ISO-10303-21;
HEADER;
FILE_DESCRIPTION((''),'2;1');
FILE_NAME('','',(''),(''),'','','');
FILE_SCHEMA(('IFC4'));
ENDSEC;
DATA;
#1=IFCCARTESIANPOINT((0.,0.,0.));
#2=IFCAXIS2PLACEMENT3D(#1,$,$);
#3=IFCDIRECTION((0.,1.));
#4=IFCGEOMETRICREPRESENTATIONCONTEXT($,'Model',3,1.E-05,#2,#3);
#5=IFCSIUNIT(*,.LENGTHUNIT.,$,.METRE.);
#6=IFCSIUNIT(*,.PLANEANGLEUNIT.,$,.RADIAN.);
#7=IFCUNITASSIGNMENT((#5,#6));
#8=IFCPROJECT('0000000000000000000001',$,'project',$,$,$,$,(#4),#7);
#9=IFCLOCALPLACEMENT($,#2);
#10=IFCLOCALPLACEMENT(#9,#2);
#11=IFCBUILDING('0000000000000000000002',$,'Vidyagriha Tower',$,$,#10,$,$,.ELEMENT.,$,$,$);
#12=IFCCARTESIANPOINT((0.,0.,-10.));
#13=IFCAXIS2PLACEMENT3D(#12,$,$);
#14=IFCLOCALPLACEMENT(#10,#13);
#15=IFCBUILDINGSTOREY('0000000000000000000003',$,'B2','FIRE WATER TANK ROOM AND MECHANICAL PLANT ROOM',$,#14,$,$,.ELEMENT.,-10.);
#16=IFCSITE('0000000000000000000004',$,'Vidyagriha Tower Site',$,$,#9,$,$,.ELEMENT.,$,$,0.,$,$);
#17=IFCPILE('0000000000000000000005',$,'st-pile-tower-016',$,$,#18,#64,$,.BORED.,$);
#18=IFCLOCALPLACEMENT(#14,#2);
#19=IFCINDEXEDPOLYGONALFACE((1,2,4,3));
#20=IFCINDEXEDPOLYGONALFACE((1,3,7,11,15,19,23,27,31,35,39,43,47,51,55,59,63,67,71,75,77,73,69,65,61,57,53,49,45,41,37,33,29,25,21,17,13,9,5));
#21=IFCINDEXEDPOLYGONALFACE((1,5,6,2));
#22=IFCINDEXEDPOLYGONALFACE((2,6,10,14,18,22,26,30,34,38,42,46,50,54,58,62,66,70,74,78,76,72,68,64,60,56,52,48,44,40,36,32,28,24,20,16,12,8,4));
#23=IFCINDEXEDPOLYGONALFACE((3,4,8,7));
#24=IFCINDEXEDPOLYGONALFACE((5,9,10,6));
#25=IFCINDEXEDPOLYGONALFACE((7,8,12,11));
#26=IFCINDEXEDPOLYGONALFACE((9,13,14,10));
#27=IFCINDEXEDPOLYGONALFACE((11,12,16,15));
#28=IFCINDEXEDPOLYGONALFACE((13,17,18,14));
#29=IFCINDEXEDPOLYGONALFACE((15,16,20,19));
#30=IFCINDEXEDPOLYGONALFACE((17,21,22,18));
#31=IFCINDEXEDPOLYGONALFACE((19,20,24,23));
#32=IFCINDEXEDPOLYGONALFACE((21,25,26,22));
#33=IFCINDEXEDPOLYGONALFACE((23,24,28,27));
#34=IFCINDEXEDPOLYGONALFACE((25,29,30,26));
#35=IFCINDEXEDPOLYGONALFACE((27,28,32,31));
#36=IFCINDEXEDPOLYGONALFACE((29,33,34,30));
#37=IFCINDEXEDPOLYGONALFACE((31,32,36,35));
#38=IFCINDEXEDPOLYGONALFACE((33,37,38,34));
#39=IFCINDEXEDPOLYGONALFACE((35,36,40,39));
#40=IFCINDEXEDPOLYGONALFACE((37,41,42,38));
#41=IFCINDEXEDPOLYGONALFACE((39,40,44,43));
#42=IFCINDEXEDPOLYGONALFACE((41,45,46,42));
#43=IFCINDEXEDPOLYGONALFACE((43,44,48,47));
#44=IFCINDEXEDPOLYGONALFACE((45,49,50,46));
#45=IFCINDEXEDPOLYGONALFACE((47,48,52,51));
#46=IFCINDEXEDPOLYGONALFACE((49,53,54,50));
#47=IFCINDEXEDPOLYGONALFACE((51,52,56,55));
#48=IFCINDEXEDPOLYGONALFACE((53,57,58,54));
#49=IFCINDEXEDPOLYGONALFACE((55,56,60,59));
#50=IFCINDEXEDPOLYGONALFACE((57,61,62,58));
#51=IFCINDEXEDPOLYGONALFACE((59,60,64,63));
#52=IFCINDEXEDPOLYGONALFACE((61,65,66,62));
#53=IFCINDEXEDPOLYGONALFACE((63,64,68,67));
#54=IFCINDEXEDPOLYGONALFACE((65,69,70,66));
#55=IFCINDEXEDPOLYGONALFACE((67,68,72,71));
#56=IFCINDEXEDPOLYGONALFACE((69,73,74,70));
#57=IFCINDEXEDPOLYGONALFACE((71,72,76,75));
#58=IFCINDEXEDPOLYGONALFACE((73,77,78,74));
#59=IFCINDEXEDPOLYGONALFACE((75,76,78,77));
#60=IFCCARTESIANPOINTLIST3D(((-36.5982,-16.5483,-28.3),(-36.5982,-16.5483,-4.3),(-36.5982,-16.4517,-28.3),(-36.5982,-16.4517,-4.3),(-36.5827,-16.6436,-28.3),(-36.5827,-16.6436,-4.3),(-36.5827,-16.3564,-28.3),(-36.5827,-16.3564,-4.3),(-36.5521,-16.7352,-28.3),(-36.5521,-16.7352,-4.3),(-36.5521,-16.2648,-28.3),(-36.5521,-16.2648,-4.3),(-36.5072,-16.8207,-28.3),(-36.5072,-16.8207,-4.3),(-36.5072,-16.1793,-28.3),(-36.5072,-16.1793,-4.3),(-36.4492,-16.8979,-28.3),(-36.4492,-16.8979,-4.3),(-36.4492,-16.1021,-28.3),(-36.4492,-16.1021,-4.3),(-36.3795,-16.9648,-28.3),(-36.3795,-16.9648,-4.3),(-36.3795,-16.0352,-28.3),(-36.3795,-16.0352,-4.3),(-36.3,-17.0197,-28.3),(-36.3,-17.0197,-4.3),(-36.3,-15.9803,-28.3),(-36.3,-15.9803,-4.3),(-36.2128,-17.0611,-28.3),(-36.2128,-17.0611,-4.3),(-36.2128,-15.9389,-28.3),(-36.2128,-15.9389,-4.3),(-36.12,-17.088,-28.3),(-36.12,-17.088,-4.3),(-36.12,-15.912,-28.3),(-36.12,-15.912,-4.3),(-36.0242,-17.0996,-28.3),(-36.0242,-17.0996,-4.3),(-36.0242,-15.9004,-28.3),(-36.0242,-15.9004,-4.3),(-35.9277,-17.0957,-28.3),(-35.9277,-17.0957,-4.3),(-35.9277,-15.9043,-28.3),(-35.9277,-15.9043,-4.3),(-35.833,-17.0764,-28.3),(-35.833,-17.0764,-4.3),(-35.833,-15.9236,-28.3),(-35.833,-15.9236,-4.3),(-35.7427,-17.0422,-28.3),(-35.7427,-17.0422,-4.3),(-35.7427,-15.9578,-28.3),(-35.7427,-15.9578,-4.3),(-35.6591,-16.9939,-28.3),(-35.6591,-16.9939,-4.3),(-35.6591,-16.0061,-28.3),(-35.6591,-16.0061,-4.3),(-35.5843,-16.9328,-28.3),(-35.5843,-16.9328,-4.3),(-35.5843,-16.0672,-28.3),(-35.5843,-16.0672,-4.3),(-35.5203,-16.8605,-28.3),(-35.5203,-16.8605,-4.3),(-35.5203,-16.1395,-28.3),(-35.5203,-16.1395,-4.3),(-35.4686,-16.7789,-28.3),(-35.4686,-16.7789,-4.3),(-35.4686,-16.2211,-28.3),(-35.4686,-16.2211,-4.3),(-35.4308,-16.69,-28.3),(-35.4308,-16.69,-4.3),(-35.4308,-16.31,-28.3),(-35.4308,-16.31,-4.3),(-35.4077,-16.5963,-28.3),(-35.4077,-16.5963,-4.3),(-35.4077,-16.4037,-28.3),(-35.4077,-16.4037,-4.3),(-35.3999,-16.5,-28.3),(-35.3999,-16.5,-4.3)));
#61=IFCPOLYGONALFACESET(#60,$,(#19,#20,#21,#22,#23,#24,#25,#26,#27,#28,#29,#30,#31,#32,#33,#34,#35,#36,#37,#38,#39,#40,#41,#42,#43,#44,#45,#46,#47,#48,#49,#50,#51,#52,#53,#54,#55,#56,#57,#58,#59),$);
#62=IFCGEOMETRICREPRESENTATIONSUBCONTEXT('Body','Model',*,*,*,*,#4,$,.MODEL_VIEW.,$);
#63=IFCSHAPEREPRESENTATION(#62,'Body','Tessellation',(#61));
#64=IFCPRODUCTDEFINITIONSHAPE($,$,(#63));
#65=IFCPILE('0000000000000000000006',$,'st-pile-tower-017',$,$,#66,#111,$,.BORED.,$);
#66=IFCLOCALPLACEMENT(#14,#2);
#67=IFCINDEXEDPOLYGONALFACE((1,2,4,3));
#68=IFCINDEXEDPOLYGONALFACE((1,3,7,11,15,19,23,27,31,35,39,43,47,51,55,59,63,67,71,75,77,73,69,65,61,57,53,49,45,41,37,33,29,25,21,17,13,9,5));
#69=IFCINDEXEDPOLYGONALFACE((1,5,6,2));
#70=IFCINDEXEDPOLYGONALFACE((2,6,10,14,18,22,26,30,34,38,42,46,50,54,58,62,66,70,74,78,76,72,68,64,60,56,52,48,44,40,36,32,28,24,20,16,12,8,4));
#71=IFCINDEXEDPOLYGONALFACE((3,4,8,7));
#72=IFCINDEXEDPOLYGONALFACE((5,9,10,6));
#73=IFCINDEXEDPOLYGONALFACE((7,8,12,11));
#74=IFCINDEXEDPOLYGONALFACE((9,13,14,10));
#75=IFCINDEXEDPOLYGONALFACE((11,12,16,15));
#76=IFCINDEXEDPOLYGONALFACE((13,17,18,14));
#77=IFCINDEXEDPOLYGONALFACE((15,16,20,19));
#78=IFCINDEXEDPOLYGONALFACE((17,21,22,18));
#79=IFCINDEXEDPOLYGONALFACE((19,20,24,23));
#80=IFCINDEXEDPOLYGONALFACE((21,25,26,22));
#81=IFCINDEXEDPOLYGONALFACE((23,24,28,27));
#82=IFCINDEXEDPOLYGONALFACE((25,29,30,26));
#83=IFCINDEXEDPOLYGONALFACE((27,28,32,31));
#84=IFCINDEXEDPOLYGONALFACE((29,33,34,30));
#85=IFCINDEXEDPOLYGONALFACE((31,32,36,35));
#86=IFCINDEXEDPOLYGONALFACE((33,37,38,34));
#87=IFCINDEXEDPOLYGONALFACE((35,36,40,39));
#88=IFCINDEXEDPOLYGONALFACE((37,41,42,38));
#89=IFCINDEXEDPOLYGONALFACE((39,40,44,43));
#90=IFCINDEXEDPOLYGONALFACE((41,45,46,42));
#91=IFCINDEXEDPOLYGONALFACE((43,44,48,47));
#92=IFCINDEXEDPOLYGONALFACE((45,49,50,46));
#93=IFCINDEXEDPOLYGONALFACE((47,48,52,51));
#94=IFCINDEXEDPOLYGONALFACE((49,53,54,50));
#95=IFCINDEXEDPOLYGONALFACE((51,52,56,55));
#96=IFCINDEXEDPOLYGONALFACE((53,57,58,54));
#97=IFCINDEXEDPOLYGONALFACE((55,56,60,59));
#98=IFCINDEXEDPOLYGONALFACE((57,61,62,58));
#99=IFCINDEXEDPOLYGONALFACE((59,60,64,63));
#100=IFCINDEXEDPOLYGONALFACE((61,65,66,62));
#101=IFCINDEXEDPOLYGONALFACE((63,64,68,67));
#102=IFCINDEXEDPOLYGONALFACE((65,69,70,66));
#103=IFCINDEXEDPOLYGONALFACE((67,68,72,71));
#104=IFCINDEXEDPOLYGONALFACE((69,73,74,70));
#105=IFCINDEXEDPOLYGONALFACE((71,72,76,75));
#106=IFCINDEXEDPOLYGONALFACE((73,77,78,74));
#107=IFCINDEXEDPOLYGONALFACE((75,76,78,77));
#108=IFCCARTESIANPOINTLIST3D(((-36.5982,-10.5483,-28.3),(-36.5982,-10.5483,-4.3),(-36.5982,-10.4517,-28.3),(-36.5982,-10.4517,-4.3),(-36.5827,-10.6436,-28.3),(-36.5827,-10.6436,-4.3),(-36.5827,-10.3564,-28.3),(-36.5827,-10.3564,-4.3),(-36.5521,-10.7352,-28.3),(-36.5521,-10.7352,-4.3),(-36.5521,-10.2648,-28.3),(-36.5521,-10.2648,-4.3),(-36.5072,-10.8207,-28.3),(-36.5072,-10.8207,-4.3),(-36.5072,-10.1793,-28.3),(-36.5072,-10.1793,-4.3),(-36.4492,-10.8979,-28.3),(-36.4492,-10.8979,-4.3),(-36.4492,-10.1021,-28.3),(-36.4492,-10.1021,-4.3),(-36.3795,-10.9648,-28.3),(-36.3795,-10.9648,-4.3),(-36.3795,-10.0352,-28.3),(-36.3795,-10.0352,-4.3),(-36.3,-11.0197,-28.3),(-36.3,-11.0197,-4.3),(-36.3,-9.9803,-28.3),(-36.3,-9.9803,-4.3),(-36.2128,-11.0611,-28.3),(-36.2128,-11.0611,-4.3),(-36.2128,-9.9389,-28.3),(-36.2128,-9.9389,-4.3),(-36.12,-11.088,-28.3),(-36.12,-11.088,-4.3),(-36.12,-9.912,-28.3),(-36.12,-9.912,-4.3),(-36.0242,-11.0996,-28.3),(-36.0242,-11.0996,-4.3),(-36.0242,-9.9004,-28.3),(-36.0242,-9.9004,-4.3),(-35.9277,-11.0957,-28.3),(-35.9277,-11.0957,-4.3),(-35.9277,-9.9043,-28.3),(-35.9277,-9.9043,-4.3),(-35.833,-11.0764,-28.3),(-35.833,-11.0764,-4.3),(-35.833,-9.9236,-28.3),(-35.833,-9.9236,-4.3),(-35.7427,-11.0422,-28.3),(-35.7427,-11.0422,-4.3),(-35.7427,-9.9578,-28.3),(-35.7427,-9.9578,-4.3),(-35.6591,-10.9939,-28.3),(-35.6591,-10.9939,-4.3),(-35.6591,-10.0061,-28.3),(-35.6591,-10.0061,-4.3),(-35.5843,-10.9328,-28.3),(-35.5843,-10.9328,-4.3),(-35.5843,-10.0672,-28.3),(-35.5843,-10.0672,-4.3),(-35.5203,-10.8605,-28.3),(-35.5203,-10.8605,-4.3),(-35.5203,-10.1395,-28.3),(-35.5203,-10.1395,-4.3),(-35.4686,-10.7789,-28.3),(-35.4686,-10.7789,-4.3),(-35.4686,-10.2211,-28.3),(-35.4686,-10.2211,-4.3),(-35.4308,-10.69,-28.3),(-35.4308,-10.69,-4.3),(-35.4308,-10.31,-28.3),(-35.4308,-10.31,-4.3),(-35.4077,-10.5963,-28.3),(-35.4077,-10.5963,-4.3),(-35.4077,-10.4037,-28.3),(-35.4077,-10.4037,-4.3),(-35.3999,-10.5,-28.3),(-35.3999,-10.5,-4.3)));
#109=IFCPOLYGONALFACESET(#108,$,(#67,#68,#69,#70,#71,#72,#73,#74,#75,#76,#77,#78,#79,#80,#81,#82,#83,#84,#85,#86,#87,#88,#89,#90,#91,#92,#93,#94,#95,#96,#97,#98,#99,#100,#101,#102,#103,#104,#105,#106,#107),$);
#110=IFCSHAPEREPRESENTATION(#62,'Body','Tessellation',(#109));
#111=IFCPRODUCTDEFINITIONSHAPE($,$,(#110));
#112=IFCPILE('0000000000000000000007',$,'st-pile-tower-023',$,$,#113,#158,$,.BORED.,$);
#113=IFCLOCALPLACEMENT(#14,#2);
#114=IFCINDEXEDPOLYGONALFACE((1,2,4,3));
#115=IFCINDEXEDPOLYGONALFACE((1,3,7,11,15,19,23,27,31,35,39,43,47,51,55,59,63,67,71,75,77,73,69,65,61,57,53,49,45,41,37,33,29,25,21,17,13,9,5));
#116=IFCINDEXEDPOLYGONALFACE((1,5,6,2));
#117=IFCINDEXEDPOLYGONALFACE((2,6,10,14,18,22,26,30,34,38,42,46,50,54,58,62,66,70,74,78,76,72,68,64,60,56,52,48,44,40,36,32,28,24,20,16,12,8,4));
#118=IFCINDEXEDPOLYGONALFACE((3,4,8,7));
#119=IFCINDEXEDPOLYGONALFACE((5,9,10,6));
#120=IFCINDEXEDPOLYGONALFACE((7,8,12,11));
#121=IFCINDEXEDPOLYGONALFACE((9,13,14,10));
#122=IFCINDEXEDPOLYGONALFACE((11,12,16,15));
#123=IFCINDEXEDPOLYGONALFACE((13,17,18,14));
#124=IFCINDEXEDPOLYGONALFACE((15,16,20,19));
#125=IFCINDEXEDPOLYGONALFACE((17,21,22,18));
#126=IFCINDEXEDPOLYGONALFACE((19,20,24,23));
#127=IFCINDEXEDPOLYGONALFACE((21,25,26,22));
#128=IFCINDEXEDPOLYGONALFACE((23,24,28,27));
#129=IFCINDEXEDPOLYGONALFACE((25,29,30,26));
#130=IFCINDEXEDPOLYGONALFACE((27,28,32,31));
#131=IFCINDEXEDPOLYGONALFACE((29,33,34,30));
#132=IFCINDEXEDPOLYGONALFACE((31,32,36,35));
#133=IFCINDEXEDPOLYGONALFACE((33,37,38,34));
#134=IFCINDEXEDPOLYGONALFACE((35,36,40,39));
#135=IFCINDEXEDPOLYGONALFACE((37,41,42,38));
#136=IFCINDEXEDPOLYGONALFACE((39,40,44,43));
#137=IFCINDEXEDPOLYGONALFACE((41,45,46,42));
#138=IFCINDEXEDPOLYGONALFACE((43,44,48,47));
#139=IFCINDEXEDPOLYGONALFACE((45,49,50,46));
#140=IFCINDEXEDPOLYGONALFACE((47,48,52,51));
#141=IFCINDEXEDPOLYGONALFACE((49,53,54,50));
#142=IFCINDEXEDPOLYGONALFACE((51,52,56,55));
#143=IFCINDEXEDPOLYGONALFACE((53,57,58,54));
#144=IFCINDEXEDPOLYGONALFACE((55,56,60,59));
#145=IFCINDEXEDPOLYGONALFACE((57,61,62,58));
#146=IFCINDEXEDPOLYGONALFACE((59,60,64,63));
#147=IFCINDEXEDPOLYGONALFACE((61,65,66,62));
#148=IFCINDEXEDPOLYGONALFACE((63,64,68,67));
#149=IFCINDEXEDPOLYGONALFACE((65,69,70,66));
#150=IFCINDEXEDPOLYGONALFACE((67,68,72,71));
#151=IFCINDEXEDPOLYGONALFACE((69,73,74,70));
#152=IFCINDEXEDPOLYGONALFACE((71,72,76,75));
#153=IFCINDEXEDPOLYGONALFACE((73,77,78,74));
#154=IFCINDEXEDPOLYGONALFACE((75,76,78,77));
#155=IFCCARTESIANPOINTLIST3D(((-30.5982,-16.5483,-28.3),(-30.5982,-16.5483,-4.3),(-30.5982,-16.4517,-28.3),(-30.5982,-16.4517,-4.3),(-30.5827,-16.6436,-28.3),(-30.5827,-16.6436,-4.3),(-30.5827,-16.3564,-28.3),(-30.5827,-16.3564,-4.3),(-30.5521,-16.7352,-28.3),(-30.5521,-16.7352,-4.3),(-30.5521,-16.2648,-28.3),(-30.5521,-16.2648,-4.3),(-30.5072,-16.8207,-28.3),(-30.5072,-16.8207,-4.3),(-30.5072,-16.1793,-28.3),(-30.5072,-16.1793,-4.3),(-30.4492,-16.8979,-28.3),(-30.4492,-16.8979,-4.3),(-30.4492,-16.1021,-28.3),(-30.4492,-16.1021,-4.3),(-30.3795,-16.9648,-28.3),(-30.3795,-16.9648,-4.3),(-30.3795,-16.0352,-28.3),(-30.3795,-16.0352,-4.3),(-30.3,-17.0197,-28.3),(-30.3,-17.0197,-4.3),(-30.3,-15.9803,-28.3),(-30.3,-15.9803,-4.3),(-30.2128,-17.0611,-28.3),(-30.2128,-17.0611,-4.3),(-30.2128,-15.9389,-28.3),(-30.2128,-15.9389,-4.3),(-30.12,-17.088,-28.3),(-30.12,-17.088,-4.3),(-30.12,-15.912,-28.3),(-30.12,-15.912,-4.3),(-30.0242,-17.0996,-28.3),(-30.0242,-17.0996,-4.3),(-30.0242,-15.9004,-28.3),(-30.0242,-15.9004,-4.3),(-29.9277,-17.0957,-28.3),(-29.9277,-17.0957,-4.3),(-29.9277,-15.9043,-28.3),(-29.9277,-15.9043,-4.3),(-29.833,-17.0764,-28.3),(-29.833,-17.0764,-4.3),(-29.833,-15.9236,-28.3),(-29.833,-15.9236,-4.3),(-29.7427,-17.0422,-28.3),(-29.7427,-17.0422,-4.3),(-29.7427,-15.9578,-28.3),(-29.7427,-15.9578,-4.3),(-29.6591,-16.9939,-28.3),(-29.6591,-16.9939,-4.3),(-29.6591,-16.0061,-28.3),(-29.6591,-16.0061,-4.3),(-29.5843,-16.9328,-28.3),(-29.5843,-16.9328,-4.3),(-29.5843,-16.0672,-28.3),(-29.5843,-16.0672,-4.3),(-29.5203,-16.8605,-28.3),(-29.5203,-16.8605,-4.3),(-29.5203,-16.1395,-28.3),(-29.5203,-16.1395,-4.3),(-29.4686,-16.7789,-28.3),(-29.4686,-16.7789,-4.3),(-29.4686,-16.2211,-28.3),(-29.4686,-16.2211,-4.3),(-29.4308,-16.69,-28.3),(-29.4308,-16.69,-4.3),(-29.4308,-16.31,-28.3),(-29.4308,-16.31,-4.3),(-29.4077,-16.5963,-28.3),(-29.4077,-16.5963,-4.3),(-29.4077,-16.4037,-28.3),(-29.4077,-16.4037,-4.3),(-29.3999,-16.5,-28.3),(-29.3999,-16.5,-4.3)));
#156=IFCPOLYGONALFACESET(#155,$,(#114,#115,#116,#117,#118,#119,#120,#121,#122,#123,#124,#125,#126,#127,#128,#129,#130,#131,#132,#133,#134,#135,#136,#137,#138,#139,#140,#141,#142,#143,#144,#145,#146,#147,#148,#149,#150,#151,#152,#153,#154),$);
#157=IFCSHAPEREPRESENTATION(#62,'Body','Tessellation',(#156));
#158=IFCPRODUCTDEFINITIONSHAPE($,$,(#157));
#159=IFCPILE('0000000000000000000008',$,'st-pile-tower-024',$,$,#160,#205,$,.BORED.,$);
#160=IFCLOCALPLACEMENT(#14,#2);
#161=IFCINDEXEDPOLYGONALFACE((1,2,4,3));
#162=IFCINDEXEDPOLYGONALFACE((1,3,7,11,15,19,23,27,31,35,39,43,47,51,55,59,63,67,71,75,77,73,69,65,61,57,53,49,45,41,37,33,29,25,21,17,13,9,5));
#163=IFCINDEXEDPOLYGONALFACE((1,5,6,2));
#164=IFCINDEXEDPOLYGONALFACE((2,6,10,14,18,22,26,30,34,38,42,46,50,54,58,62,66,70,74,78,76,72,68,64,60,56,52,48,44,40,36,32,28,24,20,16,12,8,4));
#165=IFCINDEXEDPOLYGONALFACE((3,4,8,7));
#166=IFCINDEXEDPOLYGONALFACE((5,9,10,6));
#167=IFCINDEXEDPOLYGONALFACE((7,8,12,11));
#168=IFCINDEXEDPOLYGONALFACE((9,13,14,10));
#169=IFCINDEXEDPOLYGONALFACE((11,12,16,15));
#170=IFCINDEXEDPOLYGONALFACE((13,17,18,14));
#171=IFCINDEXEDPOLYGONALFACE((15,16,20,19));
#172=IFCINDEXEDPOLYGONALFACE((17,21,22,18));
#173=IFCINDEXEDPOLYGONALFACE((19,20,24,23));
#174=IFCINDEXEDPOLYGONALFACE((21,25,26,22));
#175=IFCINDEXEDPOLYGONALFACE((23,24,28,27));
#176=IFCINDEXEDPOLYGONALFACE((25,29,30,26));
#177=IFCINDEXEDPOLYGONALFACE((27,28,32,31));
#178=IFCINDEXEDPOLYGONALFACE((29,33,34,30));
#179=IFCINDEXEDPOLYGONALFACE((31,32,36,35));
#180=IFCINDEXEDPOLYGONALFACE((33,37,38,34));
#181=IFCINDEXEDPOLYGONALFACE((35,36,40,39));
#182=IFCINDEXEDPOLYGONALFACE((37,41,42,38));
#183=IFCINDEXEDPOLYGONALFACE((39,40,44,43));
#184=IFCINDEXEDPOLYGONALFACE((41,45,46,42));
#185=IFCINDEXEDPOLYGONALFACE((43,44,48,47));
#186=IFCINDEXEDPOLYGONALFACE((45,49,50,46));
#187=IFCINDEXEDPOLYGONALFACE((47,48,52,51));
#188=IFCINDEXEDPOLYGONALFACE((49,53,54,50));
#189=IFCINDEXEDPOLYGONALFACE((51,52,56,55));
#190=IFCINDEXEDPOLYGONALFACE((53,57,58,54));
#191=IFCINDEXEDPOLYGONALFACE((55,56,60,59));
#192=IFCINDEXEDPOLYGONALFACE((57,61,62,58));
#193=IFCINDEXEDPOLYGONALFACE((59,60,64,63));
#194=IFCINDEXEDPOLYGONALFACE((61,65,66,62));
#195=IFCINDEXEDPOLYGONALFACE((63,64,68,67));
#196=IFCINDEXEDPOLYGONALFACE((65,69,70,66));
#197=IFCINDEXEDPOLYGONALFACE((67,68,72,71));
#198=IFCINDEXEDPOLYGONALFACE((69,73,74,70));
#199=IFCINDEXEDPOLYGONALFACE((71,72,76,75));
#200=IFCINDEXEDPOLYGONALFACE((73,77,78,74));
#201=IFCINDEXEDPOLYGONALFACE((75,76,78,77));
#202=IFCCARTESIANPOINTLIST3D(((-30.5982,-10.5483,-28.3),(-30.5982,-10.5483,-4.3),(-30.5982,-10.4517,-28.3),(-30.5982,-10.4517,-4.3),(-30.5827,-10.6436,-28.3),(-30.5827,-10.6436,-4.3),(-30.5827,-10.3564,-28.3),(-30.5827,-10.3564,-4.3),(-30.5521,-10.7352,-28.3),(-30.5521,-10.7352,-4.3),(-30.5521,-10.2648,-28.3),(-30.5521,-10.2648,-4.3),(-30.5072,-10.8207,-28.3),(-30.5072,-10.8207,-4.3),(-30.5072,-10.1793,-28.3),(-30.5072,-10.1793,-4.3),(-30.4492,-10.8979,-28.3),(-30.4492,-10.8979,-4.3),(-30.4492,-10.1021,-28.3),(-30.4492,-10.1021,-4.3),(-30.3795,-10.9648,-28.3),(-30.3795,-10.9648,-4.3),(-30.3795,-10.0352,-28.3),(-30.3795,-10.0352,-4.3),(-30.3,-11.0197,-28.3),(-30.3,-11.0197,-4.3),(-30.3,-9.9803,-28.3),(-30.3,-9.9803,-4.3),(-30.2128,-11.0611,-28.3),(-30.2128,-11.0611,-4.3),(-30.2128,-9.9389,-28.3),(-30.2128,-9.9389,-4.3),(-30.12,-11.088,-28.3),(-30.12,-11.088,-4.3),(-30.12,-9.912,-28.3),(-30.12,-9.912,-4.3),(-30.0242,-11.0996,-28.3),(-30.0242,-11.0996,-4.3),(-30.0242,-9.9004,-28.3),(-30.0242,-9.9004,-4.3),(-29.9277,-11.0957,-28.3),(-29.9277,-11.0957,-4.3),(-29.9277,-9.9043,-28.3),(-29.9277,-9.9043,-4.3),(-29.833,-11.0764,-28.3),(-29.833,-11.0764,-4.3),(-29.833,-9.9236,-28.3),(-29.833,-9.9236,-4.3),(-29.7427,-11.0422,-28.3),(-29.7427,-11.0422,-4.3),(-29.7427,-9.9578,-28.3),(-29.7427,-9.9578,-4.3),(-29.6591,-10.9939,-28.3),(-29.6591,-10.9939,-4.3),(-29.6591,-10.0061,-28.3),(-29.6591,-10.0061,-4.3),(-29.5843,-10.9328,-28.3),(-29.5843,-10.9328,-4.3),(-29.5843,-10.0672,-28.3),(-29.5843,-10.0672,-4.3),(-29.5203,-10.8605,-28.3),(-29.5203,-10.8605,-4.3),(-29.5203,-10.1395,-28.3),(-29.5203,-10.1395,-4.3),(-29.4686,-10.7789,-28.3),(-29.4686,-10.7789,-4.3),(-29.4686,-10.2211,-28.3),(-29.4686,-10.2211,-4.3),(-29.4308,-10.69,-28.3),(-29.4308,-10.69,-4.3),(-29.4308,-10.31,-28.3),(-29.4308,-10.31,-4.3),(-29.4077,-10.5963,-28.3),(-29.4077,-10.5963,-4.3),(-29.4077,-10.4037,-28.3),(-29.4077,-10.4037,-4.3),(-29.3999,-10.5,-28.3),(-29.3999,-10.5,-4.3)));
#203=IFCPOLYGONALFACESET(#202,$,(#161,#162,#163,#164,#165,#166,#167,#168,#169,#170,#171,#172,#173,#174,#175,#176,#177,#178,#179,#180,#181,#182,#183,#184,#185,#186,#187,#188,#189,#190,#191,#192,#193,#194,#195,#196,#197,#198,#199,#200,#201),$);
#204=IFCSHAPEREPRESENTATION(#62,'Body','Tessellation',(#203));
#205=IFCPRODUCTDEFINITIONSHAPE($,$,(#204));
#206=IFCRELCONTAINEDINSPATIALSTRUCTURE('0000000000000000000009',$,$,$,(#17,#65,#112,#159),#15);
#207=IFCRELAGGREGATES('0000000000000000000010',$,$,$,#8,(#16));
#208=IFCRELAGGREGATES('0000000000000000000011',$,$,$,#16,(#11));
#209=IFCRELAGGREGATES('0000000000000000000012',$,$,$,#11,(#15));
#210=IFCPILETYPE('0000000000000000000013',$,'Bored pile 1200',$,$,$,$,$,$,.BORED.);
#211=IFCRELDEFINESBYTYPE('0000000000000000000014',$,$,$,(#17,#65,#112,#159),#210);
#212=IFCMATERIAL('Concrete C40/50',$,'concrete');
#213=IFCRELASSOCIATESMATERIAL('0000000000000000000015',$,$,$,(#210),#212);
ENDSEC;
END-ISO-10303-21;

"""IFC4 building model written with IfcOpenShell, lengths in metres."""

from ifc_helpers import new_model, si_unit, direction, frame, origin, origin_2d, place, context, subcontext, project, spatial, circle, extrude, material, material_profile, profile_set, type_object, element, save


model = new_model("IFC4")

# Units and contexts
model_context = context("Model", 3, precision=1e-05, world=origin(), true_north=direction((0.0, 1.0)))
body_context = subcontext(model_context, "Body", "Model", "MODEL_VIEW")
ifc_project = project(units=[si_unit("LENGTHUNIT", "METRE"), si_unit("PLANEANGLEUNIT", "RADIAN")], contexts=[model_context])

# Site, building, storey
site_placement = place(None, origin())
site = spatial("IfcSite", under=ifc_project, at=site_placement, Name="Vidyagriha Tower Site", CompositionType="ELEMENT", RefElevation=0.0)
building_placement = place(site_placement, origin())
building = spatial("IfcBuilding", under=site, at=building_placement, Name="Vidyagriha Tower", CompositionType="ELEMENT")
storey_placement = place(building_placement, frame((0.0, 0.0, -10.0)))
storey = spatial("IfcBuildingStorey", under=building, at=storey_placement, Name="B2", Description="FIRE WATER TANK ROOM AND MECHANICAL PLANT ROOM", CompositionType="ELEMENT", Elevation=-10.0)

# Piles
ifc_material_1 = material(Name="Concrete C40/50", Category="concrete")
ifc_material_profile_1 = material_profile(ifc_material_1, circle(Radius=0.6001, at=origin_2d()), Name="Bored pile 1200")
ifc_profile_set_1 = profile_set([ifc_material_profile_1], Name="Concrete C40/50")
pile_type = type_object("IfcPileType", Name="Bored pile 1200", PredefinedType="BORED", material=ifc_profile_set_1)
for number, where, z_axis, x_axis, name in (
    (1, (-36.0, -16.5, -4.3), (0.0, 0.0, -1.0), (1.0, 0.0, 0.0), "st-pile-tower-016"),
    (2, (-36.0, -10.5, -4.3), (0.0, 0.0, -1.0), (1.0, 0.0, 0.0), "st-pile-tower-017"),
    (3, (-30.0, -16.5, -4.3), (0.0, 0.0, -1.0), (1.0, 0.0, 0.0), "st-pile-tower-023"),
    (4, (-30.0, -10.5, -4.3), (0.0, 0.0, -1.0), (1.0, 0.0, 0.0), "st-pile-tower-024"),
):
    element("IfcPile", number, at=place(storey_placement, frame(where, z_axis=z_axis, x_axis=x_axis)), inside=storey, type_object=pile_type, Name=name, PredefinedType="BORED", context=body_context, shape_type="SweptSolid", body=[
        extrude(circle(Radius=0.6001, at=origin_2d()), origin(), (0.0, 0.0, 1.0), 24.0),
    ])

save(model, "model.ifc")
